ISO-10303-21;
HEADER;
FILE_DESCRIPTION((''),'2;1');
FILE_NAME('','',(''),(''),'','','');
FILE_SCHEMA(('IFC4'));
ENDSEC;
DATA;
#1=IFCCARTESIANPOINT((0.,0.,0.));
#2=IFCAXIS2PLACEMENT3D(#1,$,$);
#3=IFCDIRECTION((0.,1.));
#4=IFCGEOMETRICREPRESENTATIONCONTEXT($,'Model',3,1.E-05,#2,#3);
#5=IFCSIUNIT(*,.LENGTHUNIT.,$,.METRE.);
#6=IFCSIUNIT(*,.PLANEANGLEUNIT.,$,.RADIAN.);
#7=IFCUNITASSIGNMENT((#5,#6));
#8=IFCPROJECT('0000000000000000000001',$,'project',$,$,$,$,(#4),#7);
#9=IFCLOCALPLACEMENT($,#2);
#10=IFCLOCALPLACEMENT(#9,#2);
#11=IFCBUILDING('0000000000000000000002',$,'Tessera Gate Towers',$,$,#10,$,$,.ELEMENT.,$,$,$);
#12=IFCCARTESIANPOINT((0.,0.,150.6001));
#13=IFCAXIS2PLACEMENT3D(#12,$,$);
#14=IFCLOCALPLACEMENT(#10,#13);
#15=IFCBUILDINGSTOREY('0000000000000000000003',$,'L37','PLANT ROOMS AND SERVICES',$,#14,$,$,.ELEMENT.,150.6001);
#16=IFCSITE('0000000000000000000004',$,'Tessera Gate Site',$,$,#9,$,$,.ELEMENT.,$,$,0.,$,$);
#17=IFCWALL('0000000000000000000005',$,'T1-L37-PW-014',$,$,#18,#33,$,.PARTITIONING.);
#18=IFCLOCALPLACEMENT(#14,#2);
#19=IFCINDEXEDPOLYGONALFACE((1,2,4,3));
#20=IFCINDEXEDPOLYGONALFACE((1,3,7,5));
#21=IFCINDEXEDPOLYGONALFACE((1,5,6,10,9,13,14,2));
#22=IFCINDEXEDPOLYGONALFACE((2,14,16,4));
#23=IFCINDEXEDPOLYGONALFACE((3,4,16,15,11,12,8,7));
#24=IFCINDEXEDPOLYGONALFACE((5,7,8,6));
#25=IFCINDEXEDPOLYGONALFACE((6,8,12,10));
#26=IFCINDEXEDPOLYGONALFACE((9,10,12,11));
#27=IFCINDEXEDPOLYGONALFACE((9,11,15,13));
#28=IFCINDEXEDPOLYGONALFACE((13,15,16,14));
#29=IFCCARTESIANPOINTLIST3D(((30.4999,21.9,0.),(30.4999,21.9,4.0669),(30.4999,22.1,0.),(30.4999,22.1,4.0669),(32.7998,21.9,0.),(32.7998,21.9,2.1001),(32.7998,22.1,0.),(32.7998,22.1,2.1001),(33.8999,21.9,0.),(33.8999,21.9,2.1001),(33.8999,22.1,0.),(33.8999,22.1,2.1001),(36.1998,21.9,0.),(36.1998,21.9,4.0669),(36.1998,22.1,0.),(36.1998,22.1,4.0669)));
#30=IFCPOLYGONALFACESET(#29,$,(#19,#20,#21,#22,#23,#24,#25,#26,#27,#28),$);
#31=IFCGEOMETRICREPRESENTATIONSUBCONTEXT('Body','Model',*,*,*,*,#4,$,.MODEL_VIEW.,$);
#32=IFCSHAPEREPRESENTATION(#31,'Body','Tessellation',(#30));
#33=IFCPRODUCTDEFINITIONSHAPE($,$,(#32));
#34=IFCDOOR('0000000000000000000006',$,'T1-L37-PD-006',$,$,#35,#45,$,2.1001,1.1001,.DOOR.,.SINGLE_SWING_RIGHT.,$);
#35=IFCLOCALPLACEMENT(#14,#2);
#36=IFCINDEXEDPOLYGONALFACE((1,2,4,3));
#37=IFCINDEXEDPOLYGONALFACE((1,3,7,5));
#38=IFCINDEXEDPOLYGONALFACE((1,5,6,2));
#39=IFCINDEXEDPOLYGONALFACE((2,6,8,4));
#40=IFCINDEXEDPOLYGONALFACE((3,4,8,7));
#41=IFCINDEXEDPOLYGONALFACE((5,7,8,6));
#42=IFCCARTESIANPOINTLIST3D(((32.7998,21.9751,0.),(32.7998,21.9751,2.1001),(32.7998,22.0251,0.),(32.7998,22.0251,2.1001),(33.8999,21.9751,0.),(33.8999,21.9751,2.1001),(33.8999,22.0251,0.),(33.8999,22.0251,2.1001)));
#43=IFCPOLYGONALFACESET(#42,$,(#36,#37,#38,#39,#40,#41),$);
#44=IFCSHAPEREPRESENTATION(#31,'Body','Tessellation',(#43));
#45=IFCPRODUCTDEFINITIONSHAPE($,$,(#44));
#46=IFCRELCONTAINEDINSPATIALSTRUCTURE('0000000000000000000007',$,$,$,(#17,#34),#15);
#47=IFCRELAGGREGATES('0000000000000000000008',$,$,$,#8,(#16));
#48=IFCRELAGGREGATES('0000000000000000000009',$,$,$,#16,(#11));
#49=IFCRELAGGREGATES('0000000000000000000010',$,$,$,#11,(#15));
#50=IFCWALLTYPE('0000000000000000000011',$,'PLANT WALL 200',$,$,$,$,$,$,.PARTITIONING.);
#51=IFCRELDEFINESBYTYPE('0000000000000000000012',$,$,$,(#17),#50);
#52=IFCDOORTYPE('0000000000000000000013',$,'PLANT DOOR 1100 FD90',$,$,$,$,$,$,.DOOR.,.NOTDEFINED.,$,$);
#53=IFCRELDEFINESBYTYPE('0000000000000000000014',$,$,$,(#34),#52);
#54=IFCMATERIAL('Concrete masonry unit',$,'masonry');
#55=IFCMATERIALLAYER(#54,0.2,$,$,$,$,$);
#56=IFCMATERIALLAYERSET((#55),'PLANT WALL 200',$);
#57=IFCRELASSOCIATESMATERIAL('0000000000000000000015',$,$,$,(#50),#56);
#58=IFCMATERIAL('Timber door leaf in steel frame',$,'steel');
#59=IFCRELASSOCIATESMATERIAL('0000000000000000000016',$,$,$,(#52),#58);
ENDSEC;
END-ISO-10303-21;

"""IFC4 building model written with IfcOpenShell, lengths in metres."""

from ifc_helpers import new_model, si_unit, direction, frame, frame_2d, origin, place, context, subcontext, project, spatial, rectangle, extrude, source, transform, mapped, material, layer, layer_set, type_object, element, fill, save


model = new_model("IFC4")

# Units and contexts
model_context = context("Model", 3, precision=1e-05, world=origin(), true_north=direction((0.0, 1.0)))
body_context = subcontext(model_context, "Body", "Model", "MODEL_VIEW")
ifc_project = project(units=[si_unit("LENGTHUNIT", "METRE"), si_unit("PLANEANGLEUNIT", "RADIAN")], contexts=[model_context])

# Site, building, storey
site_placement = place(None, origin())
site = spatial("IfcSite", under=ifc_project, at=site_placement, Name="Tessera Gate Site", CompositionType="ELEMENT", RefElevation=0.0)
building_placement = place(site_placement, origin())
building = spatial("IfcBuilding", under=site, at=building_placement, Name="Tessera Gate Towers", CompositionType="ELEMENT")
storey_placement = place(building_placement, frame((0.0, 0.0, 150.6001)))
storey = spatial("IfcBuildingStorey", under=building, at=storey_placement, Name="L37", Description="PLANT ROOMS AND SERVICES", CompositionType="ELEMENT", Elevation=150.6001)

# Shared definitions
ifc_material_1 = material(Name="Concrete masonry unit", Category="masonry")
ifc_layer_1 = layer(ifc_material_1, 0.2)
ifc_layer_set_1 = layer_set([ifc_layer_1], Name="PLANT WALL 200")
wall_type_1 = type_object("IfcWallType", Name="PLANT WALL 200", PredefinedType="PARTITIONING", material=ifc_layer_set_1)
shared_shape_1 = source(origin(), body_context, "Body", "SweptSolid", [
    extrude(rectangle(XDim=1.1001, YDim=2.1001, at=frame_2d((0.55, 1.05))), frame((0.0, 0.1099, 0.0), z_axis=(0.0, -1.0, 0.0), x_axis=(1.0, 0.0, 0.0)), (0.0, 0.0, 1.0), 0.22),
])
ifc_material_2 = material(Name="Timber door leaf in steel frame", Category="steel")
door_type = type_object("IfcDoorType", Name="PLANT DOOR 1100 FD90", OperationType="NOTDEFINED", PredefinedType="DOOR", material=ifc_material_2)
shared_shape_2 = source(origin(), body_context, "Body", "SweptSolid", [
    extrude(rectangle(XDim=1.1001, YDim=2.1001, at=frame_2d((0.55, 1.05))), frame((0.0, 0.0249, 0.0), z_axis=(0.0, -1.0, 0.0), x_axis=(1.0, 0.0, 0.0)), (0.0, 0.0, 1.0), 0.05),
])

# Wall, opening, door
wall_1_placement = place(storey_placement, frame((36.2, 22.0, 0.0), z_axis=(0.0, 0.0, 1.0), x_axis=(-1.0, 0.0, 0.0)))
wall_1 = element("IfcWall", 1, at=wall_1_placement, inside=storey, type_object=wall_type_1, Name="T1-L37-PW-014", PredefinedType="PARTITIONING", context=body_context, shape_type="SweptSolid", body=[
    extrude(rectangle(XDim=5.7, YDim=0.2, at=frame_2d((2.8501, 0.0))), origin(), (0.0, 0.0, 1.0), 4.0669),
])
opening_1_placement = place(wall_1_placement, frame((2.3, 0.0, 0.0)))
opening_1 = element("IfcOpeningElement", 2, at=opening_1_placement, cuts=wall_1, PredefinedType="OPENING", context=body_context, shape_type="MappedRepresentation", body=[
    mapped(shared_shape_1, transform((0.0, 0.0, 0.0), scale=1.0)),
])
door_1_placement = place(opening_1_placement, origin())
door_1 = element("IfcDoor", 3, at=door_1_placement, inside=storey, type_object=door_type, Name="T1-L37-PD-006", OperationType="SINGLE_SWING_RIGHT", OverallHeight=2.1001, OverallWidth=1.1001, PredefinedType="DOOR", context=body_context, shape_type="MappedRepresentation", body=[
    mapped(shared_shape_2, transform((0.0, 0.0, 0.0), scale=1.0)),
])
fill(opening_1, door_1)

save(model, "model.ifc")
